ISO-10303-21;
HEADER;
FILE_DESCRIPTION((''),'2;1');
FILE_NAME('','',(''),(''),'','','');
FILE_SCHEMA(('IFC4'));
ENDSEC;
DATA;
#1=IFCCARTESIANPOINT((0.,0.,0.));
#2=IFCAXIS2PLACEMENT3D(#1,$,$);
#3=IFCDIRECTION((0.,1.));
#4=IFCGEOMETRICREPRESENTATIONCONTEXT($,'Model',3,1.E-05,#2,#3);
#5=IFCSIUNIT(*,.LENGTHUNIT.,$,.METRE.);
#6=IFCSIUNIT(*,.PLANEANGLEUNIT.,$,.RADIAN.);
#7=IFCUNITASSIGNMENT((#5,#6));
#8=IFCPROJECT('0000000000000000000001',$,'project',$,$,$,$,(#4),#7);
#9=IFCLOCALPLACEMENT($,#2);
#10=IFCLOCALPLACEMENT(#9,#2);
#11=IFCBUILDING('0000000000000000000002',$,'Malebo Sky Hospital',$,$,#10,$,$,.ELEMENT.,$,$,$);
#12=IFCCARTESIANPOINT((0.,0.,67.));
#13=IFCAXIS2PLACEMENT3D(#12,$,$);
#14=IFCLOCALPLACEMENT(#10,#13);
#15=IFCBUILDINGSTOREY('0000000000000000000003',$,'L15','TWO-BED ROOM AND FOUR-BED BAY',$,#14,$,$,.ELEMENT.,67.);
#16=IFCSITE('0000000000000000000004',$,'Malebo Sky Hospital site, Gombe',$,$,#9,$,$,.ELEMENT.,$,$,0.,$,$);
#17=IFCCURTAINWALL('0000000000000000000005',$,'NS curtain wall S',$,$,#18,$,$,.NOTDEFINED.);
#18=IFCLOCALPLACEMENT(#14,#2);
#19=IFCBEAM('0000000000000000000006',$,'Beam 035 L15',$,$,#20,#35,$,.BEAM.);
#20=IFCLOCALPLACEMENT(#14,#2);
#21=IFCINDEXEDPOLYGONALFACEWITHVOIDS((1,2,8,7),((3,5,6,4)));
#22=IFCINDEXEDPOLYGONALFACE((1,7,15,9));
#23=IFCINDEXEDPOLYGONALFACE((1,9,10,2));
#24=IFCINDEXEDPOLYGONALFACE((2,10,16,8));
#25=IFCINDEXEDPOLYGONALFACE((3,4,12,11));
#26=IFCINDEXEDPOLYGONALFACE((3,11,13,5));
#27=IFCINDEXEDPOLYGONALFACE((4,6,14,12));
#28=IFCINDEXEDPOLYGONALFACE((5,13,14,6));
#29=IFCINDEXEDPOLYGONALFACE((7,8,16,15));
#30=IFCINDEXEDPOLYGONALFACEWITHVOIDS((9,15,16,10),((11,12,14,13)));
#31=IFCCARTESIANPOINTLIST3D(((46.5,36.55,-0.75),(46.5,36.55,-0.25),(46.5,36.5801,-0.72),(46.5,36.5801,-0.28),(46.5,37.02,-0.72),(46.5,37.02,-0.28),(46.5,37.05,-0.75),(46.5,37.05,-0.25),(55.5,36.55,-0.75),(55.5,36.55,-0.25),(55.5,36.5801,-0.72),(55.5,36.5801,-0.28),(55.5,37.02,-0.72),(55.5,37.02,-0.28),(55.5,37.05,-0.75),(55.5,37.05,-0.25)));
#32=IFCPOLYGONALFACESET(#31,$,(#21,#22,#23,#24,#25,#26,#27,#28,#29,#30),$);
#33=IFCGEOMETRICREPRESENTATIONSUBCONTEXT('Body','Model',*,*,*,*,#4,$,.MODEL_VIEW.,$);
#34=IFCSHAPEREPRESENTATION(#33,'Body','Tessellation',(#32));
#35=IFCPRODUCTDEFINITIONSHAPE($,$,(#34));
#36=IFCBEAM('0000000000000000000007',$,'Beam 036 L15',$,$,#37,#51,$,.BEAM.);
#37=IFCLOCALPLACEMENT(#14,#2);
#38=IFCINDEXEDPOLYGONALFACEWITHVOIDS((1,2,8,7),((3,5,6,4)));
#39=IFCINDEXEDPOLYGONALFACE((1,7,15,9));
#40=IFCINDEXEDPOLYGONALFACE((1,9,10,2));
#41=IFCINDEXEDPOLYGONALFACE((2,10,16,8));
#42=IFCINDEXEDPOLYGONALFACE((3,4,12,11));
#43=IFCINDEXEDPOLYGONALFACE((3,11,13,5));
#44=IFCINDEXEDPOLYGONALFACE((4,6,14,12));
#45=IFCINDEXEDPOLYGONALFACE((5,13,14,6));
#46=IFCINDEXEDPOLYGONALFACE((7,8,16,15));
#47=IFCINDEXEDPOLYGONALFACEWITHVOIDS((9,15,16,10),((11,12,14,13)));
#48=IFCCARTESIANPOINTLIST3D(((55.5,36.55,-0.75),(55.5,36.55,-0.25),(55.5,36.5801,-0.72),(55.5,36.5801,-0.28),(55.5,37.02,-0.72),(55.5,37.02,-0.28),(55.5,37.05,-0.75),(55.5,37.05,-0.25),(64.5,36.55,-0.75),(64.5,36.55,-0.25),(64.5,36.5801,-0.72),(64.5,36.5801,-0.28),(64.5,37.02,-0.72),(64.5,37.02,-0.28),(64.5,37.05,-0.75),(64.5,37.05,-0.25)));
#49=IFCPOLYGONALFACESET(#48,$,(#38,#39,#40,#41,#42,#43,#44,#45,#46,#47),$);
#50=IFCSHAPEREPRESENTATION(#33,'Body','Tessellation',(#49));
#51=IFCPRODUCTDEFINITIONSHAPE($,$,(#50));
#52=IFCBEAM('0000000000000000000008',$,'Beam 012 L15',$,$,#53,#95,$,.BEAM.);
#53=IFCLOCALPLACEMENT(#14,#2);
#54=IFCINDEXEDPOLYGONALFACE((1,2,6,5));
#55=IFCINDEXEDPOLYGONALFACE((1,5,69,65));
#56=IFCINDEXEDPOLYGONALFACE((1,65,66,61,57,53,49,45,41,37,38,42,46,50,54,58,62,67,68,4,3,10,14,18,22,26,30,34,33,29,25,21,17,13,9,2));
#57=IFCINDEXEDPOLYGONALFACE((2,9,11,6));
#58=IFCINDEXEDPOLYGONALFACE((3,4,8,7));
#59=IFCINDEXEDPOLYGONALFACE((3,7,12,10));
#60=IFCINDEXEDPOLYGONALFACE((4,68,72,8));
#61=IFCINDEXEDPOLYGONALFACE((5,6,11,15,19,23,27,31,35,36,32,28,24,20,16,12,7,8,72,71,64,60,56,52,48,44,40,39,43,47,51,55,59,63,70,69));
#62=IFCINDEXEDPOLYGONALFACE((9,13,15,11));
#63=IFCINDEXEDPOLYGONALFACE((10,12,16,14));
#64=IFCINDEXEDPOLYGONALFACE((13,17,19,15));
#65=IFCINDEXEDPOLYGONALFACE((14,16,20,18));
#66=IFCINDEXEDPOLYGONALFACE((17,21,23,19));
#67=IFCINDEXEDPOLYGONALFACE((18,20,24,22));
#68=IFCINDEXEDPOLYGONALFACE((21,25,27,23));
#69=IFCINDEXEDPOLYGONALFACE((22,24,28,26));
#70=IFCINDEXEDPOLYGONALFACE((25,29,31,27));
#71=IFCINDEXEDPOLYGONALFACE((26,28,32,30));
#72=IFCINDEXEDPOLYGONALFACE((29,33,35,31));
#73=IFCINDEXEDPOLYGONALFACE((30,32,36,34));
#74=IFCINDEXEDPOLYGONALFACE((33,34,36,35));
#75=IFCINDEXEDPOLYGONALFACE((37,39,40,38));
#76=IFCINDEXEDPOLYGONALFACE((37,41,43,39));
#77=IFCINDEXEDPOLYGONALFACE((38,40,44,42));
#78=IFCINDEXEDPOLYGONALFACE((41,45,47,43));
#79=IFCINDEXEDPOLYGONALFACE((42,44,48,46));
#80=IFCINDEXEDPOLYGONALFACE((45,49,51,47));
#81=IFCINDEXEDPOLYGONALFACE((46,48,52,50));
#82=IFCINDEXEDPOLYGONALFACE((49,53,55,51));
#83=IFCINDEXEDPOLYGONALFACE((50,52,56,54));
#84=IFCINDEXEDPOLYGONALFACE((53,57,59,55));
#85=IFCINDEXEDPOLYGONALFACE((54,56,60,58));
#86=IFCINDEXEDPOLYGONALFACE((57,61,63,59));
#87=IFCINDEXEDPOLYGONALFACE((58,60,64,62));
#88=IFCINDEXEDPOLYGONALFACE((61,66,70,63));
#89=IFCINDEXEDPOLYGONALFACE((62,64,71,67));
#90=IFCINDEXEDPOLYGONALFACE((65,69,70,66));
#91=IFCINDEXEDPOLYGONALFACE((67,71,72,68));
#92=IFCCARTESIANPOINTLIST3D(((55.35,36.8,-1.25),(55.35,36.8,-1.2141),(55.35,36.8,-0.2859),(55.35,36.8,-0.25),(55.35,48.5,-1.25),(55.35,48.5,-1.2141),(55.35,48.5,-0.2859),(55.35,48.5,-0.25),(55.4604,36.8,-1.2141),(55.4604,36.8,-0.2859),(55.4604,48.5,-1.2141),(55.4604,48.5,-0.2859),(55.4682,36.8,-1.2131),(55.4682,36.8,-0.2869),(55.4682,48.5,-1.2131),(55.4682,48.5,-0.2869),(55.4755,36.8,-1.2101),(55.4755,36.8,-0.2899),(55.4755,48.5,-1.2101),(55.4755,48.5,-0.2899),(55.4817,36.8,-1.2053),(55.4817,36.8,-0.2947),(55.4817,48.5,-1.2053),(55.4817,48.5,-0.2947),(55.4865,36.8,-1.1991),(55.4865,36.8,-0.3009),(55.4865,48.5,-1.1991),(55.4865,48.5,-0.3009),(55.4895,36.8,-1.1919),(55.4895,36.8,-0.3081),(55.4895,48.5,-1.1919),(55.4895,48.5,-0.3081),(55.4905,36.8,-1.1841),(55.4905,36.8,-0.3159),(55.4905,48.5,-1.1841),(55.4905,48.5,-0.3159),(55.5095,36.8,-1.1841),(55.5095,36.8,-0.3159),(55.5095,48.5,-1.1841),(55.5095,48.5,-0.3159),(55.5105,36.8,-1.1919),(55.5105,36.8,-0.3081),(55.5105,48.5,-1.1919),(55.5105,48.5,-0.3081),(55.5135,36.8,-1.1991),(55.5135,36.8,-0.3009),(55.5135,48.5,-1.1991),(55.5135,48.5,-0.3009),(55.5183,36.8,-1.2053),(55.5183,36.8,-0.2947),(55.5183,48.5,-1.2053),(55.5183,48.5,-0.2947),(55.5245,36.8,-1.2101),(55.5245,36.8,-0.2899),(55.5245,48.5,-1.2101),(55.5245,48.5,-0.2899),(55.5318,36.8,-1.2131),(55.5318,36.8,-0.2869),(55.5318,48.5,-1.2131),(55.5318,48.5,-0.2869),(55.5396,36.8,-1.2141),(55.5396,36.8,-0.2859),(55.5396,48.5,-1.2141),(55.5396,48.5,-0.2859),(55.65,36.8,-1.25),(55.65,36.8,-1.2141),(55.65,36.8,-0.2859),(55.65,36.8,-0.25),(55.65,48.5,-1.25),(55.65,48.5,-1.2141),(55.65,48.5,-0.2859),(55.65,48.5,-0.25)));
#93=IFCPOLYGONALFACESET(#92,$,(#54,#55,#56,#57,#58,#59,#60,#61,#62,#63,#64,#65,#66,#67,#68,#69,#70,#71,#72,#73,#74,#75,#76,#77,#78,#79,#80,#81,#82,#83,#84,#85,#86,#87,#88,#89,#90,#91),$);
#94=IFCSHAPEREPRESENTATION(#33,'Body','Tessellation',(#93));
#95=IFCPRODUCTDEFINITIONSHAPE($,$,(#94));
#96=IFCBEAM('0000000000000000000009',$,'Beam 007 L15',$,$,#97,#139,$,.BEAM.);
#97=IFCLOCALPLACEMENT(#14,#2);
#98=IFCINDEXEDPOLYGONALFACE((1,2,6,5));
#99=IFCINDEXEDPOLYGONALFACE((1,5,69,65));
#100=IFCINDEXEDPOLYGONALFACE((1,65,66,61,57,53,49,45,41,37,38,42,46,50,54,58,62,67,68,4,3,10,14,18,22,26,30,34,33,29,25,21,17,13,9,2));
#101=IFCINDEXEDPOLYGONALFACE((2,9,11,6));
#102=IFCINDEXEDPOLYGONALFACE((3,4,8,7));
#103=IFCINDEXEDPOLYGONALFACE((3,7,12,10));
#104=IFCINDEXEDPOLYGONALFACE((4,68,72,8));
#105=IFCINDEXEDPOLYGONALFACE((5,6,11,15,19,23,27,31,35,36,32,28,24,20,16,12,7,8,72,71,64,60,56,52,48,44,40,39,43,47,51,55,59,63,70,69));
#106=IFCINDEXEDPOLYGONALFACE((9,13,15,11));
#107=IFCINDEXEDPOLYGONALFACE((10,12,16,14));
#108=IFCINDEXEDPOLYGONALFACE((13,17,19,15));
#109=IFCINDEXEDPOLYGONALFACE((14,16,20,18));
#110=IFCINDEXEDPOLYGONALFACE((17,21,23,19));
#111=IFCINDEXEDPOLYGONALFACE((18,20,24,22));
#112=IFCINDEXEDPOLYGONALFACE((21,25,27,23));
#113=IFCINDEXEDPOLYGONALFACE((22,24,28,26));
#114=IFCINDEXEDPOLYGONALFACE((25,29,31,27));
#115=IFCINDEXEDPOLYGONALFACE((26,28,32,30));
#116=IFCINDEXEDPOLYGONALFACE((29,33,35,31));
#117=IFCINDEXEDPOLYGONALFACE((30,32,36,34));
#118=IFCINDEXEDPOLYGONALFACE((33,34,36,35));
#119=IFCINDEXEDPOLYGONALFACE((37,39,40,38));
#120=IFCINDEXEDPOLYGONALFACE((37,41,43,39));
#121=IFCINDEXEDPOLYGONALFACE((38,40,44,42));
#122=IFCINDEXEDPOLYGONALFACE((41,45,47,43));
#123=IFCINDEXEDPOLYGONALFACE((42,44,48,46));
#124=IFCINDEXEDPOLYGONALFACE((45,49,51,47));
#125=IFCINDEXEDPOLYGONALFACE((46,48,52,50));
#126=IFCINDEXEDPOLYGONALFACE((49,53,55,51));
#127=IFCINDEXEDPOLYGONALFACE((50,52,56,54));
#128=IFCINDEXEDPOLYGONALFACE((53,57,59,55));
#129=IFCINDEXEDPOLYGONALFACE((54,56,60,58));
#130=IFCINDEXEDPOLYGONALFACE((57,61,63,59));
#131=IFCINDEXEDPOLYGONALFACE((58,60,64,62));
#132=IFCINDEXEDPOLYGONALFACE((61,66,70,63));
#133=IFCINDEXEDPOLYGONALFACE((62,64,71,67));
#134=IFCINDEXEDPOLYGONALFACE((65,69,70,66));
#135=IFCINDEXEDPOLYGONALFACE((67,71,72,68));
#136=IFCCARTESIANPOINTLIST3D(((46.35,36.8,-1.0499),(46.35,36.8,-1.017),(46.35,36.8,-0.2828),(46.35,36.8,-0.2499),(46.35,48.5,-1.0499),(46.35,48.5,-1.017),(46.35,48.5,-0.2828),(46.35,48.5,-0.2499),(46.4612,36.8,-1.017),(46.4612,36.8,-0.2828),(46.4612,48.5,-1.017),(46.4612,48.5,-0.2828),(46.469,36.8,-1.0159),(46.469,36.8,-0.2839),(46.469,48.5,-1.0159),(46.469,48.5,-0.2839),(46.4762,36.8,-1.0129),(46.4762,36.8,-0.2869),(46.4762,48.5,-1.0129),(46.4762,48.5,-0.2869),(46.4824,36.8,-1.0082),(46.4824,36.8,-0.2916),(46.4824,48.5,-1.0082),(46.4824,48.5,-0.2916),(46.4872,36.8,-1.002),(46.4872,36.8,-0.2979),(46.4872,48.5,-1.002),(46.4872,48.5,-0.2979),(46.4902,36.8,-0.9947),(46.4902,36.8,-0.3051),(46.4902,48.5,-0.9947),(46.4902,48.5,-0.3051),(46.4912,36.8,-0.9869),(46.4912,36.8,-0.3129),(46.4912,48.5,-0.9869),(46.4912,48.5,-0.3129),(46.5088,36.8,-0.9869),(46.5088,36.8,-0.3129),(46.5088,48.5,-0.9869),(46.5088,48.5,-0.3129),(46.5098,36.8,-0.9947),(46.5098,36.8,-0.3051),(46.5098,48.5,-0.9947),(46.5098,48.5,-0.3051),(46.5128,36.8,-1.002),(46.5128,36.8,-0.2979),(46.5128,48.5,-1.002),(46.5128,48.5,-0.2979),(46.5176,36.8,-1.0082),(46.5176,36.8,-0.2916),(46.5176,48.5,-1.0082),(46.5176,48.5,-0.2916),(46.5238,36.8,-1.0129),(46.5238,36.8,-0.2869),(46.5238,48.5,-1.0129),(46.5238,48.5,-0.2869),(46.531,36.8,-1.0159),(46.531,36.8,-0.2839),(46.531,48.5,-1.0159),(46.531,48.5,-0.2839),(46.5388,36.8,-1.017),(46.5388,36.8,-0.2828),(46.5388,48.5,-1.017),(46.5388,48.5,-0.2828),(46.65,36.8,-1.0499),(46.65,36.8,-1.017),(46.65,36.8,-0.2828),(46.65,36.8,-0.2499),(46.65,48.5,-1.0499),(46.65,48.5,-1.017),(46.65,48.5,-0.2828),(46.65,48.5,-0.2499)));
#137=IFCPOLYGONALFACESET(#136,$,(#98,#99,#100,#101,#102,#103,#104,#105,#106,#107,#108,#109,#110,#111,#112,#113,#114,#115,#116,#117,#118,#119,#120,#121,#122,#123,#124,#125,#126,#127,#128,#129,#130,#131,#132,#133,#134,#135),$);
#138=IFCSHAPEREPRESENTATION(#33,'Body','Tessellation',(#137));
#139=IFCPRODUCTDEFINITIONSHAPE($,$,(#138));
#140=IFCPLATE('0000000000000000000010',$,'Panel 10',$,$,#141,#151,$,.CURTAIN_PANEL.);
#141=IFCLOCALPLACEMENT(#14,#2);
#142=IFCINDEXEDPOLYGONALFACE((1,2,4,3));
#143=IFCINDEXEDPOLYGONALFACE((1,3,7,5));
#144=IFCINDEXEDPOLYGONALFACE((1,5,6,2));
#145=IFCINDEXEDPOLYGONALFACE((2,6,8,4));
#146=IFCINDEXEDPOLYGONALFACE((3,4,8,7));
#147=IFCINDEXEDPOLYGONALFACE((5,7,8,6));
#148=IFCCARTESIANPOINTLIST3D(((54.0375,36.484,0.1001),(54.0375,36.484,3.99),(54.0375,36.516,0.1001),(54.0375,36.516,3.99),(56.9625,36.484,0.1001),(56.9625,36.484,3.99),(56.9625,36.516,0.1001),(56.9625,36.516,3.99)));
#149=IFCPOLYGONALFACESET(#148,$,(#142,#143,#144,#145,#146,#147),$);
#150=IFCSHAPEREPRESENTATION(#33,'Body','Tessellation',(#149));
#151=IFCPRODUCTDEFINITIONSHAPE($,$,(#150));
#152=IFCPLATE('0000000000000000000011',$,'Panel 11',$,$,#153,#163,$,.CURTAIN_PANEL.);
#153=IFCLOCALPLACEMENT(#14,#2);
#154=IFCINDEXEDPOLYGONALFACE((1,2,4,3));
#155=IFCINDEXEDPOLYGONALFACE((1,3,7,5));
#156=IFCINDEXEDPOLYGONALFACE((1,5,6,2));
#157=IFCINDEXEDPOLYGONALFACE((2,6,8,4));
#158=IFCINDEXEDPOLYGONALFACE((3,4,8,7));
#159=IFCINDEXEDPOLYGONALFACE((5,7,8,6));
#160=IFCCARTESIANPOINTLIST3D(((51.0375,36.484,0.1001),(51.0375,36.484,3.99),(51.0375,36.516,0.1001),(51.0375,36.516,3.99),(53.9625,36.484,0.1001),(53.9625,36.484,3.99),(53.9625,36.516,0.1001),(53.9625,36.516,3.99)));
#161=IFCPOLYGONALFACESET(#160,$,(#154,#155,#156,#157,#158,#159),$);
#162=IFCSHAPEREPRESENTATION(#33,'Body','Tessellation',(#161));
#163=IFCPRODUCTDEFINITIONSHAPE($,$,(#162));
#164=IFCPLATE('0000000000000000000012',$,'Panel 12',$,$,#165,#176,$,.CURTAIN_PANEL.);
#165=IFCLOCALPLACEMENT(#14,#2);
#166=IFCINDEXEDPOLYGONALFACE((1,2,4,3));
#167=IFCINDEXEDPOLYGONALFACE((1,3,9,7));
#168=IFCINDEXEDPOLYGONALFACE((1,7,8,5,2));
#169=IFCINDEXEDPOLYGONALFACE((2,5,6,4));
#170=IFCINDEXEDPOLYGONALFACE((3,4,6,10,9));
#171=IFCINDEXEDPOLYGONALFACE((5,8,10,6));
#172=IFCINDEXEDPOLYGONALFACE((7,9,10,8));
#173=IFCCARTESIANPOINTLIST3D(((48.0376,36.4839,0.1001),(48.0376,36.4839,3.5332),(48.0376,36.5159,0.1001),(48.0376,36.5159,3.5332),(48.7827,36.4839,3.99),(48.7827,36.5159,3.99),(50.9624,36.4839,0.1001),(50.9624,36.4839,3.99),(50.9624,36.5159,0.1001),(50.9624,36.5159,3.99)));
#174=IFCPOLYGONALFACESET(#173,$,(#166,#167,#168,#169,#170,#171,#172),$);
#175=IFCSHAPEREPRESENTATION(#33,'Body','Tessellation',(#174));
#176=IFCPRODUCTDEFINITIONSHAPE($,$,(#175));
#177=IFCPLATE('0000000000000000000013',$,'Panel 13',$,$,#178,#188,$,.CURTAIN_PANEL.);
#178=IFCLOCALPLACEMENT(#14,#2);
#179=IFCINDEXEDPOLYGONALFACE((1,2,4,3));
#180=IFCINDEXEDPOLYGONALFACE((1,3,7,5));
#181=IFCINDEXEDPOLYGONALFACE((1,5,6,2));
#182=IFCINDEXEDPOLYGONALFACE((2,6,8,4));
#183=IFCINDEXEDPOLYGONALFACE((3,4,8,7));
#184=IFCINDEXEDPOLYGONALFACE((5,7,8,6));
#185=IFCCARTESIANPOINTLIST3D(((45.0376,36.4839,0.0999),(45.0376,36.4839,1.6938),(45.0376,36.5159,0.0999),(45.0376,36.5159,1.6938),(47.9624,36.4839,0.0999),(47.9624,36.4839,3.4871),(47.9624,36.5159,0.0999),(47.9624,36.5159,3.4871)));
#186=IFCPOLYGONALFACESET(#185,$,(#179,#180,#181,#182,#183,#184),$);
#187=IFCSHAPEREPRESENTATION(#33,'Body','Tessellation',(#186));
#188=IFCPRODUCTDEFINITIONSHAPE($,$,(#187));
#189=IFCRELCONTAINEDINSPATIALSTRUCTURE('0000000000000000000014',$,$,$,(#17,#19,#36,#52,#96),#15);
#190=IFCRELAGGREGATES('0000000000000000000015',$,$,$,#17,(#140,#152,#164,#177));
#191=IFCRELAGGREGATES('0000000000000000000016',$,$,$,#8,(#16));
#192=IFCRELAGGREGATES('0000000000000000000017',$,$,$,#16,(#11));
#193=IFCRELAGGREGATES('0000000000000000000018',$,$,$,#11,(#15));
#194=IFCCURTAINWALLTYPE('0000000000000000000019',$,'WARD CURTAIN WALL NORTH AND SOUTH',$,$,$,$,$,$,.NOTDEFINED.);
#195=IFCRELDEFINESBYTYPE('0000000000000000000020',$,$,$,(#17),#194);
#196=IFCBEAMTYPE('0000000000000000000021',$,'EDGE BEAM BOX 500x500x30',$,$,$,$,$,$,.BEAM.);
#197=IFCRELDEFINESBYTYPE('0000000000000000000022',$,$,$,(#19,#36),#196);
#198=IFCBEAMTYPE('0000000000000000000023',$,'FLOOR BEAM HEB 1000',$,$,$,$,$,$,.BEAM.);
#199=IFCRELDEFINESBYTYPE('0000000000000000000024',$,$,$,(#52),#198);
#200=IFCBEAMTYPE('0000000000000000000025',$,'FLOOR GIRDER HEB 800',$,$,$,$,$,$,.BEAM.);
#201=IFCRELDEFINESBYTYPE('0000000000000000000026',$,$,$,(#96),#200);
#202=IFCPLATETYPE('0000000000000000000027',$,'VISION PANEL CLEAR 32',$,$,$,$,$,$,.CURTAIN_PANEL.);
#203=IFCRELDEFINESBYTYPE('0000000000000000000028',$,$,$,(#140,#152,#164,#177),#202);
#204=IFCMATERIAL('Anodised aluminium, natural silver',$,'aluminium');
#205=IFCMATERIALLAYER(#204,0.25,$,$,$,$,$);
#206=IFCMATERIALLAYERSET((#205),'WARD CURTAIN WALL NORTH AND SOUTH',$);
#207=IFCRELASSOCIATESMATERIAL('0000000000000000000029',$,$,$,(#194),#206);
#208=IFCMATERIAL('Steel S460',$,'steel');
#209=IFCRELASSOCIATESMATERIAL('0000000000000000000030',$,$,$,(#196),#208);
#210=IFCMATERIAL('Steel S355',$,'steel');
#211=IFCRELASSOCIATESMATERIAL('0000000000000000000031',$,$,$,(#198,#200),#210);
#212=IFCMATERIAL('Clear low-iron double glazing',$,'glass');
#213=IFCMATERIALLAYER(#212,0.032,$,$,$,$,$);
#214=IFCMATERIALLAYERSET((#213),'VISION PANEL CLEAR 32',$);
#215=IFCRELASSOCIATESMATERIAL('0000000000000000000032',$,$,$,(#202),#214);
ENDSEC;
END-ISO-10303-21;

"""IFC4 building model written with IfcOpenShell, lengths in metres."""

from ifc_helpers import new_model, si_unit, direction, frame, origin, origin_2d, place, context, subcontext, project, spatial, polyline, rectangle, hollow_rectangle, i_section, outline, extrude, material, layer, layer_set, material_profile, profile_set, type_object, element, aggregate, save


model = new_model("IFC4")

# Units and contexts
model_context = context("Model", 3, precision=1e-05, world=origin(), true_north=direction((0.0, 1.0)))
body_context = subcontext(model_context, "Body", "Model", "MODEL_VIEW")
ifc_project = project(units=[si_unit("LENGTHUNIT", "METRE"), si_unit("PLANEANGLEUNIT", "RADIAN")], contexts=[model_context])

# Site, building, storey
site_placement = place(None, origin())
site = spatial("IfcSite", under=ifc_project, at=site_placement, Name="Malebo Sky Hospital site, Gombe", CompositionType="ELEMENT", RefElevation=0.0)
building_placement = place(site_placement, origin())
building = spatial("IfcBuilding", under=site, at=building_placement, Name="Malebo Sky Hospital", CompositionType="ELEMENT")
storey_placement = place(building_placement, frame((0.0, 0.0, 67.0)))
storey = spatial("IfcBuildingStorey", under=building, at=storey_placement, Name="L15", Description="TWO-BED ROOM AND FOUR-BED BAY", CompositionType="ELEMENT", Elevation=67.0)

# Shared definitions
ifc_material_1 = material(Name="Steel S460", Category="steel")

# Curtain wall
ifc_material_2 = material(Name="Anodised aluminium, natural silver", Category="aluminium")
ifc_layer_1 = layer(ifc_material_2, 0.25)
ifc_layer_set_1 = layer_set([ifc_layer_1], Name="WARD CURTAIN WALL NORTH AND SOUTH")
curtain_wall_type = type_object("IfcCurtainWallType", Name="WARD CURTAIN WALL NORTH AND SOUTH", PredefinedType="NOTDEFINED", material=ifc_layer_set_1)
curtain_wall_placement = place(storey_placement, origin())
curtain_wall = element("IfcCurtainWall", 1, at=curtain_wall_placement, inside=storey, type_object=curtain_wall_type, Name="NS curtain wall S", PredefinedType="NOTDEFINED")

# Beams
ifc_material_profile_1 = material_profile(ifc_material_1, hollow_rectangle(XDim=0.5, YDim=0.5, WallThickness=0.03, at=origin_2d()), Name="BOX 500x500x30")
ifc_profile_set_1 = profile_set([ifc_material_profile_1], Name="Steel S460")
beam_type_1 = type_object("IfcBeamType", Name="EDGE BEAM BOX 500x500x30", PredefinedType="BEAM", material=ifc_profile_set_1)
for number, where, z_axis, x_axis, name in (
    (2, (46.5, 36.8, -0.5), (1.0, 0.0, 0.0), (0.0, 1.0, 0.0), "Beam 035 L15"),
    (3, (55.5, 36.8, -0.5), (1.0, 0.0, 0.0), (0.0, 1.0, 0.0), "Beam 036 L15"),
):
    element("IfcBeam", number, at=place(storey_placement, frame(where, z_axis=z_axis, x_axis=x_axis)), inside=storey, type_object=beam_type_1, Name=name, PredefinedType="BEAM", context=body_context, shape_type="SweptSolid", body=[
        extrude(hollow_rectangle(XDim=0.5, YDim=0.5, WallThickness=0.03, at=origin_2d()), origin(), (0.0, 0.0, 1.0), 9.0),
    ])
ifc_material_3 = material(Name="Steel S355", Category="steel")
ifc_material_profile_2 = material_profile(ifc_material_3, i_section(OverallWidth=0.3, OverallDepth=1.0, WebThickness=0.019, FlangeThickness=0.0359, FilletRadius=0.03, at=origin_2d()), Name="HEB 1000")
ifc_profile_set_2 = profile_set([ifc_material_profile_2], Name="Steel S355")
beam_type_2 = type_object("IfcBeamType", Name="FLOOR BEAM HEB 1000", PredefinedType="BEAM", material=ifc_profile_set_2)
beam_1_placement = place(storey_placement, frame((55.5, 36.8, -0.75), z_axis=(0.0, 1.0, 0.0), x_axis=(-1.0, 0.0, 0.0)))
element("IfcBeam", 4, at=beam_1_placement, inside=storey, type_object=beam_type_2, Name="Beam 012 L15", PredefinedType="BEAM", context=body_context, shape_type="SweptSolid", body=[
    extrude(i_section(OverallWidth=0.3, OverallDepth=1.0, WebThickness=0.019, FlangeThickness=0.0359, FilletRadius=0.03, at=origin_2d()), origin(), (0.0, 0.0, 1.0), 11.7),
])
ifc_material_profile_3 = material_profile(ifc_material_3, i_section(OverallWidth=0.3, OverallDepth=0.8, WebThickness=0.0176, FlangeThickness=0.033, FilletRadius=0.03, at=origin_2d()), Name="HEB 800")
ifc_profile_set_3 = profile_set([ifc_material_profile_3], Name="Steel S355")
beam_type_3 = type_object("IfcBeamType", Name="FLOOR GIRDER HEB 800", PredefinedType="BEAM", material=ifc_profile_set_3)
beam_2_placement = place(storey_placement, frame((46.5, 36.8, -0.6499), z_axis=(0.0, 1.0, 0.0), x_axis=(-1.0, 0.0, 0.0)))
element("IfcBeam", 5, at=beam_2_placement, inside=storey, type_object=beam_type_3, Name="Beam 007 L15", PredefinedType="BEAM", context=body_context, shape_type="SweptSolid", body=[
    extrude(i_section(OverallWidth=0.3, OverallDepth=0.8, WebThickness=0.0176, FlangeThickness=0.033, FilletRadius=0.03, at=origin_2d()), origin(), (0.0, 0.0, 1.0), 11.7),
])

# Plates
ifc_material_4 = material(Name="Clear low-iron double glazing", Category="glass")
ifc_layer_2 = layer(ifc_material_4, 0.032)
ifc_layer_set_2 = layer_set([ifc_layer_2], Name="VISION PANEL CLEAR 32")
plate_type = type_object("IfcPlateType", Name="VISION PANEL CLEAR 32", PredefinedType="CURTAIN_PANEL", material=ifc_layer_set_2)
plate_1_placement = place(storey_placement, frame((55.5, 36.5, 0.1001), z_axis=(0.0, 0.0, 1.0), x_axis=(-1.0, 0.0, 0.0)))
plate_1 = element("IfcPlate", 6, at=plate_1_placement, type_object=plate_type, Name="Panel 10", PredefinedType="CURTAIN_PANEL", context=body_context, shape_type="SweptSolid", body=[
    extrude(rectangle(XDim=2.925, YDim=0.032, at=origin_2d()), origin(), (0.0, 0.0, 1.0), 3.8899),
])
plate_2_placement = place(storey_placement, frame((52.5, 36.5, 0.1001), z_axis=(0.0, 0.0, 1.0), x_axis=(-1.0, 0.0, 0.0)))
plate_2 = element("IfcPlate", 7, at=plate_2_placement, type_object=plate_type, Name="Panel 11", PredefinedType="CURTAIN_PANEL", context=body_context, shape_type="SweptSolid", body=[
    extrude(rectangle(XDim=2.925, YDim=0.032, at=origin_2d()), origin(), (0.0, 0.0, 1.0), 3.8899),
])
plate_3_placement = place(storey_placement, frame((49.5, 36.5, 0.1001), z_axis=(0.0, 0.0, 1.0), x_axis=(-1.0, 0.0, 0.0)))
plate_3 = element("IfcPlate", 8, at=plate_3_placement, type_object=plate_type, Name="Panel 12", PredefinedType="CURTAIN_PANEL", context=body_context, shape_type="SweptSolid", body=[
    extrude(outline(polyline([(-1.4624, 0.0), (1.4624, 0.0), (1.4624, 3.4331), (0.7173, 3.8899), (-1.4624, 3.8899), (-1.4624, 0.0)])), frame((0.0, 0.0161, 0.0), z_axis=(0.0, -1.0, 0.0), x_axis=(1.0, 0.0, 0.0)), (0.0, 0.0, 1.0), 0.032),
])
plate_4_placement = place(storey_placement, frame((46.5, 36.5, 0.0999), z_axis=(0.0, 0.0, 1.0), x_axis=(-1.0, 0.0, 0.0)))
plate_4 = element("IfcPlate", 9, at=plate_4_placement, type_object=plate_type, Name="Panel 13", PredefinedType="CURTAIN_PANEL", context=body_context, shape_type="SweptSolid", body=[
    extrude(outline(polyline([(-1.4624, 0.0), (1.4624, 0.0), (1.4624, 1.594), (-1.4624, 3.3872), (-1.4624, 0.0)])), frame((0.0, 0.0161, 0.0), z_axis=(0.0, -1.0, 0.0), x_axis=(1.0, 0.0, 0.0)), (0.0, 0.0, 1.0), 0.032),
])
aggregate(curtain_wall, [plate_1, plate_2, plate_3, plate_4])

save(model, "model.ifc")
